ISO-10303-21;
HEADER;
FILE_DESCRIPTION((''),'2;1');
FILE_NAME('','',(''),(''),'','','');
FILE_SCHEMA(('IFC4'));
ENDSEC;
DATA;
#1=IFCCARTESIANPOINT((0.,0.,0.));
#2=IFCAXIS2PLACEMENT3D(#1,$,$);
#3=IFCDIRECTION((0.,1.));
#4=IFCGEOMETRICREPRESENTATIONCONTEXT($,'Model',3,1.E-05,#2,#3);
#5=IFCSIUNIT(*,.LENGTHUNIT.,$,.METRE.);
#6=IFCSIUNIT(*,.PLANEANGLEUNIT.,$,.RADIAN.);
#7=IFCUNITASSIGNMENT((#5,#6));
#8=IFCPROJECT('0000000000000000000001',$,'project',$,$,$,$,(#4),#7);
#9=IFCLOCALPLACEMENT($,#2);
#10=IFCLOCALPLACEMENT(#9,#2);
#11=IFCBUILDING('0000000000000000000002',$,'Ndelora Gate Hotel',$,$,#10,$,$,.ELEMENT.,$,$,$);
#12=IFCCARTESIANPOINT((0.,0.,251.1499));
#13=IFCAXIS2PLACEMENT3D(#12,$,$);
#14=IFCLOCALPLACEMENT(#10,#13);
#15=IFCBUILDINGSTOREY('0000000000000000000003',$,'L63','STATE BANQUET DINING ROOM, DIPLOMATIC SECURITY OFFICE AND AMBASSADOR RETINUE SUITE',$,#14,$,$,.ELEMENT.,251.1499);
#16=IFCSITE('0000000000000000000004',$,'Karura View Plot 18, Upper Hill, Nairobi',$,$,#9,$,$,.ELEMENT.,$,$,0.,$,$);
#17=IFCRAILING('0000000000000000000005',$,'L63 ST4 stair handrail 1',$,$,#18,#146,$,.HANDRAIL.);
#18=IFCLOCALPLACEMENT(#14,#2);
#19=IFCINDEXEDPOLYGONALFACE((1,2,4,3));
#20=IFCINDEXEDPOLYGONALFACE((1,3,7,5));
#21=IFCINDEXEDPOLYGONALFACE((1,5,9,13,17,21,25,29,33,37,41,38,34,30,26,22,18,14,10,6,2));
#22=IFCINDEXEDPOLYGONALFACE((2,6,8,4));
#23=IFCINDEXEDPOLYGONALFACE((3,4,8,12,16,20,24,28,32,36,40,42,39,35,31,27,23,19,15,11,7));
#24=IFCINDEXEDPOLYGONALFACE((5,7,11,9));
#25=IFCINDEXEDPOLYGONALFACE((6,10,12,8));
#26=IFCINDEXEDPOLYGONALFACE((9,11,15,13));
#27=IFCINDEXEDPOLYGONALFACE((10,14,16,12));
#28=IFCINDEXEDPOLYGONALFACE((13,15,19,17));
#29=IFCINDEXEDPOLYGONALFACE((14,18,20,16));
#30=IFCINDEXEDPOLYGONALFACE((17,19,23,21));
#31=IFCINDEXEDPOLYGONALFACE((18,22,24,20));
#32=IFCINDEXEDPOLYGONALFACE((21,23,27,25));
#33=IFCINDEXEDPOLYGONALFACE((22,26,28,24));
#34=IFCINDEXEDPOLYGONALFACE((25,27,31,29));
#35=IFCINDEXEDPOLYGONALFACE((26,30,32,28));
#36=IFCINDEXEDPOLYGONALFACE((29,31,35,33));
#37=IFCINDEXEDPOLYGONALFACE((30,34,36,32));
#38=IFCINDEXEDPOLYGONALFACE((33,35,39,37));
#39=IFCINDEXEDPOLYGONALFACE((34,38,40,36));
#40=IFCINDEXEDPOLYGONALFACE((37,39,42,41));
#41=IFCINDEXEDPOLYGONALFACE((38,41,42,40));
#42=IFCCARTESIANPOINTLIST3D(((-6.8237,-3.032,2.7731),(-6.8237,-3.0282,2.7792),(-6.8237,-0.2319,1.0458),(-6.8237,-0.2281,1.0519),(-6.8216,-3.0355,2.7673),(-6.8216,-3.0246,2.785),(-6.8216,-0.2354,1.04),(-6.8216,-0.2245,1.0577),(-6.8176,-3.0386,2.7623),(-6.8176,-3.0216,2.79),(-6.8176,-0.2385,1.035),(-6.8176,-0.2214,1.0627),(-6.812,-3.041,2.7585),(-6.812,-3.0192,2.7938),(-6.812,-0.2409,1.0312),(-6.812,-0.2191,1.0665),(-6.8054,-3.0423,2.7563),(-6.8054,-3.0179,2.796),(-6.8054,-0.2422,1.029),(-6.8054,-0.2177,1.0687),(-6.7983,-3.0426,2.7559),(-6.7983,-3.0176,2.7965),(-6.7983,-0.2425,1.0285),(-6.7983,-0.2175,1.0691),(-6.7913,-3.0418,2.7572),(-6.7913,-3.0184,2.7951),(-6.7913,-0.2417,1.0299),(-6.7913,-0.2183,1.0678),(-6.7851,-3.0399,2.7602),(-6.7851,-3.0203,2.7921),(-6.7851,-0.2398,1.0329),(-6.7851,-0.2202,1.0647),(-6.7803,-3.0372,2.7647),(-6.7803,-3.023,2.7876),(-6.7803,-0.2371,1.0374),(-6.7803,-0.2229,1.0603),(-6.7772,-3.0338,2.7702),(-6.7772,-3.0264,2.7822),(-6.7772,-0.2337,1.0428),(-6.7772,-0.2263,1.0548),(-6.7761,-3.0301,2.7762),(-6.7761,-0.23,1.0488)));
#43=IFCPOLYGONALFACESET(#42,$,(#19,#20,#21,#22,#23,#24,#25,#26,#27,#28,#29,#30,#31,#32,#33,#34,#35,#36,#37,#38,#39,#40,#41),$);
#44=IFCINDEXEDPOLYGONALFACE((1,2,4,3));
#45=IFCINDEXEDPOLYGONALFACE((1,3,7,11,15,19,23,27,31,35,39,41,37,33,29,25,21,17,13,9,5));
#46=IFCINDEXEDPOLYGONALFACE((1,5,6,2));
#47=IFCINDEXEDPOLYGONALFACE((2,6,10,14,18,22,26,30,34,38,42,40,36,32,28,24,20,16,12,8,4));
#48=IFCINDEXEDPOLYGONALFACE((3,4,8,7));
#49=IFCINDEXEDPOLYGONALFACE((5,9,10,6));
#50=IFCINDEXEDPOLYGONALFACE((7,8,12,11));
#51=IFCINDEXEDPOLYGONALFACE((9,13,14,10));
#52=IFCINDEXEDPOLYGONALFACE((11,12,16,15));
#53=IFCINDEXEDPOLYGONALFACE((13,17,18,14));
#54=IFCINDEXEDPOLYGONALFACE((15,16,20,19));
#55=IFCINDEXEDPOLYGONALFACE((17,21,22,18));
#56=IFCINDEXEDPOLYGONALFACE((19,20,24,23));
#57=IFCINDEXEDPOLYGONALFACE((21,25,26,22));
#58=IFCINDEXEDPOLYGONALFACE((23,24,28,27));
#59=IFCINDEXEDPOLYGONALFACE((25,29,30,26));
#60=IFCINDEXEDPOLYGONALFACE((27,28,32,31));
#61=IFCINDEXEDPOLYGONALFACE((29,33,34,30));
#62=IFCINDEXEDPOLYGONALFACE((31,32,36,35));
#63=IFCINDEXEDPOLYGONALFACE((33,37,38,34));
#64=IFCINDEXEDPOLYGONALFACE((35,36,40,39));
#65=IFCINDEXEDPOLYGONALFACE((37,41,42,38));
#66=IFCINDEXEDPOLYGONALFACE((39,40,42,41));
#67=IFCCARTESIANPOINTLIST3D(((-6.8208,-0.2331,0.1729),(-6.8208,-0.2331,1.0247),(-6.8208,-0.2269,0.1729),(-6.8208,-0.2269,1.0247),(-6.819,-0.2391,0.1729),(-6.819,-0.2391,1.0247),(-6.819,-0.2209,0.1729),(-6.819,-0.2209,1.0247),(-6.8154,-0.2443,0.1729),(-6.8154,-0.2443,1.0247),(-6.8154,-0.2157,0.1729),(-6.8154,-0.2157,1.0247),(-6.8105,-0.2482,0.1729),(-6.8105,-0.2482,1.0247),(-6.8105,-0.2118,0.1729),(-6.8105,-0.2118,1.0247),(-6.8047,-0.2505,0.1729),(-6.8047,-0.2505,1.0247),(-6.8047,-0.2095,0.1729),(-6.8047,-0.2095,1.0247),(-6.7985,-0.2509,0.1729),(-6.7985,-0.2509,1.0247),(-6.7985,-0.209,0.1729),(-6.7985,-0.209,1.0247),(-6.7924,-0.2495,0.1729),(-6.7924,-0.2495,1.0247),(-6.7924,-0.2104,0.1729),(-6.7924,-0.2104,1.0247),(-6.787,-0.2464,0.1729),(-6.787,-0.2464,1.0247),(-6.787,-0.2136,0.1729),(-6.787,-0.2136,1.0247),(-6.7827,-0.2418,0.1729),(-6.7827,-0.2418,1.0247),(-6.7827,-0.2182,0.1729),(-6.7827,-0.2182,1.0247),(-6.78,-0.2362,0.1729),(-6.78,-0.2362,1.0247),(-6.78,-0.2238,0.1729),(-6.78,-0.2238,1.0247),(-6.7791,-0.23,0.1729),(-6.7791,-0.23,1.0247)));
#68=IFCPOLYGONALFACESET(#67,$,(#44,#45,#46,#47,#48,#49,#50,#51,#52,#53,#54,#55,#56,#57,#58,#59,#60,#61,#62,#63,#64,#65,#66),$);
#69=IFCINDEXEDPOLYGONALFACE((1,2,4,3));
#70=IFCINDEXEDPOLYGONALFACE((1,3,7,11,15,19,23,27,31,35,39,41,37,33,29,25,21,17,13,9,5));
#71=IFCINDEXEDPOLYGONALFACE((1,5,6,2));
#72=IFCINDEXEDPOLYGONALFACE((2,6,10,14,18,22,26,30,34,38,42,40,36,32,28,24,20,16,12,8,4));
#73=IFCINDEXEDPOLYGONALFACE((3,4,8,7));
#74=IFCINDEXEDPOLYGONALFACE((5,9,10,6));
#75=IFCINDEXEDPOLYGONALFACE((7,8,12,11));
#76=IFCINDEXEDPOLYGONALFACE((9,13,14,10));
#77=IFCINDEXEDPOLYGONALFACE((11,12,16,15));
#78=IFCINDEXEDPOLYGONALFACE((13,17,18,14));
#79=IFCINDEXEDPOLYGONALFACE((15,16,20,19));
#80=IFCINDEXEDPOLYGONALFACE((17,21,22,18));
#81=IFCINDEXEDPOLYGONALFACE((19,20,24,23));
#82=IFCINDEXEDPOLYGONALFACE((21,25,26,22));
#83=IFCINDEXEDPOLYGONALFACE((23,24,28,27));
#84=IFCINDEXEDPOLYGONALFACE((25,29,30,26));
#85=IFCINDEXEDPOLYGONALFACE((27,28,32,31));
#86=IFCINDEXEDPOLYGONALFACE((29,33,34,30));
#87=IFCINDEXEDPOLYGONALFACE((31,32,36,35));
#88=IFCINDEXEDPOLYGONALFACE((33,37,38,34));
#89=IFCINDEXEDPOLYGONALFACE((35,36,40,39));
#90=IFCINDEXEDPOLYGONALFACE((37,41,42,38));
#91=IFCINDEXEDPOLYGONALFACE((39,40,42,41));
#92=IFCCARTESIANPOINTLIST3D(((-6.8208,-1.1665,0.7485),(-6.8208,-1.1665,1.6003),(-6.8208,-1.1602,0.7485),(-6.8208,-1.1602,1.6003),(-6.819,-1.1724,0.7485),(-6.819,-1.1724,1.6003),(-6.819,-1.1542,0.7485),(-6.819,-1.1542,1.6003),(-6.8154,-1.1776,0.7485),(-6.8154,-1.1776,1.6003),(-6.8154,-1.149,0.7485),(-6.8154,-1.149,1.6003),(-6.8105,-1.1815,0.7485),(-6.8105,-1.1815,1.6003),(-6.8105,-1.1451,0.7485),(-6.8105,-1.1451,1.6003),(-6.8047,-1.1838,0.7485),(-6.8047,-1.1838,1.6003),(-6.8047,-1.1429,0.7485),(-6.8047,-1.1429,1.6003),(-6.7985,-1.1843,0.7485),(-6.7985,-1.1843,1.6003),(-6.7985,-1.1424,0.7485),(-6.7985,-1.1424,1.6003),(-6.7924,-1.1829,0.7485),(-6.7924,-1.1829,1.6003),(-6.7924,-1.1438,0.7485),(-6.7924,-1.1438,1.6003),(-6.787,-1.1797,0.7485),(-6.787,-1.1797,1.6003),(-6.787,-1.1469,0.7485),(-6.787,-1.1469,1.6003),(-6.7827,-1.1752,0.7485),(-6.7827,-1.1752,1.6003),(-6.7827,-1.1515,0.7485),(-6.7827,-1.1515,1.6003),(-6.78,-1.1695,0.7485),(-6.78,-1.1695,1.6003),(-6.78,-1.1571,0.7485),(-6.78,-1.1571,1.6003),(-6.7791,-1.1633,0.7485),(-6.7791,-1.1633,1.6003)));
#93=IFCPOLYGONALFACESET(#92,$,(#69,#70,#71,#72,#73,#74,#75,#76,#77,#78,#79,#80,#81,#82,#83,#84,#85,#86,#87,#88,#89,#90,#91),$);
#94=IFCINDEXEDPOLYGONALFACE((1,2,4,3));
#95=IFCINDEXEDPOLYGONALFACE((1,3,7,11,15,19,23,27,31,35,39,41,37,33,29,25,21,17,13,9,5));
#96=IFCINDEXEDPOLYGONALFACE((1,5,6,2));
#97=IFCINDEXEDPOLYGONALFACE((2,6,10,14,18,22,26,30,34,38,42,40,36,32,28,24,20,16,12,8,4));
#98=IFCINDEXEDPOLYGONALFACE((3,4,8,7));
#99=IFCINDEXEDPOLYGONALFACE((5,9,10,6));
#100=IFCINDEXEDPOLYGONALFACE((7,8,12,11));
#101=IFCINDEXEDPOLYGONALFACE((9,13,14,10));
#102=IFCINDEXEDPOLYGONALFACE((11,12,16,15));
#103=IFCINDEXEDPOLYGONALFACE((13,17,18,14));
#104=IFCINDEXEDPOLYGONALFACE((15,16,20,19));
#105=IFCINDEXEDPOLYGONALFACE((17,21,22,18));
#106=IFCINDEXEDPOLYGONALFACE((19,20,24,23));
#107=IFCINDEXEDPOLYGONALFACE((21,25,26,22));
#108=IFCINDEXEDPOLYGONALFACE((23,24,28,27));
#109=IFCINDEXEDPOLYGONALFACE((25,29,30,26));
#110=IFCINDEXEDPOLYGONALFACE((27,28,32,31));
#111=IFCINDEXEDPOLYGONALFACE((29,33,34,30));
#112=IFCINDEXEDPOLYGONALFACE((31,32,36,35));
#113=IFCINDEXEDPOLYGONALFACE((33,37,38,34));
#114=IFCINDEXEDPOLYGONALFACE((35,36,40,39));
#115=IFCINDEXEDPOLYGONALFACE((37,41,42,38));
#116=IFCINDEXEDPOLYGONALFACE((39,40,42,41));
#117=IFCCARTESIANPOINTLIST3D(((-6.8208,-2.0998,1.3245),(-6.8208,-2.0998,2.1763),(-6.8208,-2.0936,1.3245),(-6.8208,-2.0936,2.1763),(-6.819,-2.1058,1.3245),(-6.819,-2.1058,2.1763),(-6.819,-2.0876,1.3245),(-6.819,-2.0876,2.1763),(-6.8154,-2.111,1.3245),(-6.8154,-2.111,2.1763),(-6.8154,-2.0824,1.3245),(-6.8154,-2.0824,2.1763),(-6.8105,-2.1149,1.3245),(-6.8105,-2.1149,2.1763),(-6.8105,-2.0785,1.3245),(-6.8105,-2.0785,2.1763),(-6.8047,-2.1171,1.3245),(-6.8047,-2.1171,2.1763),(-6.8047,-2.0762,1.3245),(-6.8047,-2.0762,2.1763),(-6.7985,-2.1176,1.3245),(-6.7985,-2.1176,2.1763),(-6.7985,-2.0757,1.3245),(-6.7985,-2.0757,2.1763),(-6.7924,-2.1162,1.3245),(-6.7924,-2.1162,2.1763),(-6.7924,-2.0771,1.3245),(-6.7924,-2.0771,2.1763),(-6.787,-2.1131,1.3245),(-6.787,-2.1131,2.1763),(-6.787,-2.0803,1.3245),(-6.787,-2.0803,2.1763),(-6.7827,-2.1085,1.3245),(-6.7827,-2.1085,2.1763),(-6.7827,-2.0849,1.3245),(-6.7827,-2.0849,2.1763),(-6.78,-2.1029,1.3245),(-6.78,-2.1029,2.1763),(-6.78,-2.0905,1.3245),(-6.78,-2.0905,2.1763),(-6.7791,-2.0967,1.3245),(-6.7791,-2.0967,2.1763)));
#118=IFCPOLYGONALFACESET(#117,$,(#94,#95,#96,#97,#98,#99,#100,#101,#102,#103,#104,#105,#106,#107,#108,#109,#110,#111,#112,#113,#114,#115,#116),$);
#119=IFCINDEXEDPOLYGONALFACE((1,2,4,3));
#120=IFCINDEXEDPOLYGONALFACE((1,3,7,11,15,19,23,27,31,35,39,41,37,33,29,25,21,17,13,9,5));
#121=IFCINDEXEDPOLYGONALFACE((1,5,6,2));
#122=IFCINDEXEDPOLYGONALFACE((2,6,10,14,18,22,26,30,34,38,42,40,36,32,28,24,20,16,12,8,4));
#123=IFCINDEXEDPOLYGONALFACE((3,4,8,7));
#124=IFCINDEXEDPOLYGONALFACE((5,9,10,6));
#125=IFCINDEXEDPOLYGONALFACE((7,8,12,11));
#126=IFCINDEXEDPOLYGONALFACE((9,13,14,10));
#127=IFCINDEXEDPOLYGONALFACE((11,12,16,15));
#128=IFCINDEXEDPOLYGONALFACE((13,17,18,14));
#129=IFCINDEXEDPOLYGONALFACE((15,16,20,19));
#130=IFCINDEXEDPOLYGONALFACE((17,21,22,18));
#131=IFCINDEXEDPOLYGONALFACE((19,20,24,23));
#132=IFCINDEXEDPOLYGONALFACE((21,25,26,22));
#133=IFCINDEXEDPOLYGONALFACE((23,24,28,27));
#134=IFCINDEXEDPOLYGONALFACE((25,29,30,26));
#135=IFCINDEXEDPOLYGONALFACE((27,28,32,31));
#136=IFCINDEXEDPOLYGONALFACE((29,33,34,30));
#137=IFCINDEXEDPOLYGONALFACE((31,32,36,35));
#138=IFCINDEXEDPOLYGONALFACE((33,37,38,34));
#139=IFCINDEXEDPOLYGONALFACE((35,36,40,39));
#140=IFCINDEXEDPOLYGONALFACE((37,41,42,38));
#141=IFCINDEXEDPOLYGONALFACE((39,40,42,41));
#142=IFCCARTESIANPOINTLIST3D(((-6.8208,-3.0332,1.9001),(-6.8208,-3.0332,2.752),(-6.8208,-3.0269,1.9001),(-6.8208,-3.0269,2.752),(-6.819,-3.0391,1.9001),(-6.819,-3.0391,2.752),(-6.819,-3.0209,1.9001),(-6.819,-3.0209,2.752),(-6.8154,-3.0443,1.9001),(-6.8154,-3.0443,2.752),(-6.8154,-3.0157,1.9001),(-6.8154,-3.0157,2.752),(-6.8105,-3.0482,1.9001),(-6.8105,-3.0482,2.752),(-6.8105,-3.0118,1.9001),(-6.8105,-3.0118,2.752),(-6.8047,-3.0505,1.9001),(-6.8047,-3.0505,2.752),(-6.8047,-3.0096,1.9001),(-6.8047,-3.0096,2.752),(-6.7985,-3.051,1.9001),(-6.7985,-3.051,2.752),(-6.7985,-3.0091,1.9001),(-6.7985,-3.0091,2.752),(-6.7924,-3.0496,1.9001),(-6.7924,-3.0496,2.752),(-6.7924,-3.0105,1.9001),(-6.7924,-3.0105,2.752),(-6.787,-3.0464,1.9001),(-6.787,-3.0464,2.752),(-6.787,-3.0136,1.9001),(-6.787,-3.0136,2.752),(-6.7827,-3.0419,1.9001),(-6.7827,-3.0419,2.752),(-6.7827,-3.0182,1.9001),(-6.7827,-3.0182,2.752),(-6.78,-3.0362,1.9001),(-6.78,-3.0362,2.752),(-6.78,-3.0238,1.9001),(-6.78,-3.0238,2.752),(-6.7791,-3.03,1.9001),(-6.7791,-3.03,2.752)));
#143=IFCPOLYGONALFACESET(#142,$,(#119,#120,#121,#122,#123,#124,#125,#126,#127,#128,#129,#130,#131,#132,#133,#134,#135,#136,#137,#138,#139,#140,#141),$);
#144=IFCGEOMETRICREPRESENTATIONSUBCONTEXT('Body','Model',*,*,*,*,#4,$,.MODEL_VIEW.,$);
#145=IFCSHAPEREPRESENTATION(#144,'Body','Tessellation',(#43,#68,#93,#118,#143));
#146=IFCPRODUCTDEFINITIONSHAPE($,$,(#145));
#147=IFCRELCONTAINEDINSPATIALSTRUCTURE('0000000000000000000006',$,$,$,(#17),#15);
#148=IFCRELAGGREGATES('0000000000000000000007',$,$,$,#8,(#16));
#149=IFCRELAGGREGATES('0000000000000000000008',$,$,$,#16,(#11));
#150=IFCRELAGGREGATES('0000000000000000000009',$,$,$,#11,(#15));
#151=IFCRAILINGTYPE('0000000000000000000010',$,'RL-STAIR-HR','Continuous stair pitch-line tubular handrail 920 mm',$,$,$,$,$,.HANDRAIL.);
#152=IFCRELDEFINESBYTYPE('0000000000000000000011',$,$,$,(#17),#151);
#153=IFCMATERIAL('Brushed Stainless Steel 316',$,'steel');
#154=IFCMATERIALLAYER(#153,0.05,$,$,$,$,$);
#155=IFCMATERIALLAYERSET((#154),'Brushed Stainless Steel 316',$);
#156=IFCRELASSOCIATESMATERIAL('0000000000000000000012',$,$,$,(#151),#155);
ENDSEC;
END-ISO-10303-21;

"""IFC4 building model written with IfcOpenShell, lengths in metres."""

from ifc_helpers import new_model, si_unit, direction, frame, origin, origin_2d, place, context, subcontext, project, spatial, circle, extrude, material, layer, layer_set, type_object, element, save


model = new_model("IFC4")

# Units and contexts
model_context = context("Model", 3, precision=1e-05, world=origin(), true_north=direction((0.0, 1.0)))
body_context = subcontext(model_context, "Body", "Model", "MODEL_VIEW")
ifc_project = project(units=[si_unit("LENGTHUNIT", "METRE"), si_unit("PLANEANGLEUNIT", "RADIAN")], contexts=[model_context])

# Site, building, storey
site_placement = place(None, origin())
site = spatial("IfcSite", under=ifc_project, at=site_placement, Name="Karura View Plot 18, Upper Hill, Nairobi", CompositionType="ELEMENT", RefElevation=0.0)
building_placement = place(site_placement, origin())
building = spatial("IfcBuilding", under=site, at=building_placement, Name="Ndelora Gate Hotel", CompositionType="ELEMENT")
storey_placement = place(building_placement, frame((0.0, 0.0, 251.1499)))
storey = spatial("IfcBuildingStorey", under=building, at=storey_placement, Name="L63", Description="STATE BANQUET DINING ROOM, DIPLOMATIC SECURITY OFFICE AND AMBASSADOR RETINUE SUITE", CompositionType="ELEMENT", Elevation=251.1499)

# Railing
ifc_material_1 = material(Name="Brushed Stainless Steel 316", Category="steel")
ifc_layer_1 = layer(ifc_material_1, 0.05)
ifc_layer_set_1 = layer_set([ifc_layer_1], Name="Brushed Stainless Steel 316")
railing_type_1 = type_object("IfcRailingType", Name="RL-STAIR-HR", Description="Continuous stair pitch-line tubular handrail 920 mm", PredefinedType="HANDRAIL", material=ifc_layer_set_1)
railing_1_placement = place(storey_placement, frame((-6.8, -0.23, 0.1729)))
element("IfcRailing", 1, at=railing_1_placement, inside=storey, type_object=railing_type_1, Name="L63 ST4 stair handrail 1", PredefinedType="HANDRAIL", context=body_context, shape_type="SweptSolid", body=[
    extrude(circle(Radius=0.0239, at=origin_2d()), frame((0.0, 0.0, 0.876), z_axis=(0.0, -0.85109, 0.52502), x_axis=(1.0, 0.0, 0.0)), (0.0, 0.0, 1.0), 3.29),
    extrude(circle(Radius=0.021, at=origin_2d()), origin(), (0.0, 0.0, 1.0), 0.8518),
    extrude(circle(Radius=0.021, at=origin_2d()), frame((0.0, -0.9333, 0.5757)), (0.0, 0.0, 1.0), 0.8518),
    extrude(circle(Radius=0.021, at=origin_2d()), frame((0.0, -1.8667, 1.1516)), (0.0, 0.0, 1.0), 0.8518),
    extrude(circle(Radius=0.021, at=origin_2d()), frame((0.0, -2.8, 1.7273)), (0.0, 0.0, 1.0), 0.8518),
])

save(model, "model.ifc")
